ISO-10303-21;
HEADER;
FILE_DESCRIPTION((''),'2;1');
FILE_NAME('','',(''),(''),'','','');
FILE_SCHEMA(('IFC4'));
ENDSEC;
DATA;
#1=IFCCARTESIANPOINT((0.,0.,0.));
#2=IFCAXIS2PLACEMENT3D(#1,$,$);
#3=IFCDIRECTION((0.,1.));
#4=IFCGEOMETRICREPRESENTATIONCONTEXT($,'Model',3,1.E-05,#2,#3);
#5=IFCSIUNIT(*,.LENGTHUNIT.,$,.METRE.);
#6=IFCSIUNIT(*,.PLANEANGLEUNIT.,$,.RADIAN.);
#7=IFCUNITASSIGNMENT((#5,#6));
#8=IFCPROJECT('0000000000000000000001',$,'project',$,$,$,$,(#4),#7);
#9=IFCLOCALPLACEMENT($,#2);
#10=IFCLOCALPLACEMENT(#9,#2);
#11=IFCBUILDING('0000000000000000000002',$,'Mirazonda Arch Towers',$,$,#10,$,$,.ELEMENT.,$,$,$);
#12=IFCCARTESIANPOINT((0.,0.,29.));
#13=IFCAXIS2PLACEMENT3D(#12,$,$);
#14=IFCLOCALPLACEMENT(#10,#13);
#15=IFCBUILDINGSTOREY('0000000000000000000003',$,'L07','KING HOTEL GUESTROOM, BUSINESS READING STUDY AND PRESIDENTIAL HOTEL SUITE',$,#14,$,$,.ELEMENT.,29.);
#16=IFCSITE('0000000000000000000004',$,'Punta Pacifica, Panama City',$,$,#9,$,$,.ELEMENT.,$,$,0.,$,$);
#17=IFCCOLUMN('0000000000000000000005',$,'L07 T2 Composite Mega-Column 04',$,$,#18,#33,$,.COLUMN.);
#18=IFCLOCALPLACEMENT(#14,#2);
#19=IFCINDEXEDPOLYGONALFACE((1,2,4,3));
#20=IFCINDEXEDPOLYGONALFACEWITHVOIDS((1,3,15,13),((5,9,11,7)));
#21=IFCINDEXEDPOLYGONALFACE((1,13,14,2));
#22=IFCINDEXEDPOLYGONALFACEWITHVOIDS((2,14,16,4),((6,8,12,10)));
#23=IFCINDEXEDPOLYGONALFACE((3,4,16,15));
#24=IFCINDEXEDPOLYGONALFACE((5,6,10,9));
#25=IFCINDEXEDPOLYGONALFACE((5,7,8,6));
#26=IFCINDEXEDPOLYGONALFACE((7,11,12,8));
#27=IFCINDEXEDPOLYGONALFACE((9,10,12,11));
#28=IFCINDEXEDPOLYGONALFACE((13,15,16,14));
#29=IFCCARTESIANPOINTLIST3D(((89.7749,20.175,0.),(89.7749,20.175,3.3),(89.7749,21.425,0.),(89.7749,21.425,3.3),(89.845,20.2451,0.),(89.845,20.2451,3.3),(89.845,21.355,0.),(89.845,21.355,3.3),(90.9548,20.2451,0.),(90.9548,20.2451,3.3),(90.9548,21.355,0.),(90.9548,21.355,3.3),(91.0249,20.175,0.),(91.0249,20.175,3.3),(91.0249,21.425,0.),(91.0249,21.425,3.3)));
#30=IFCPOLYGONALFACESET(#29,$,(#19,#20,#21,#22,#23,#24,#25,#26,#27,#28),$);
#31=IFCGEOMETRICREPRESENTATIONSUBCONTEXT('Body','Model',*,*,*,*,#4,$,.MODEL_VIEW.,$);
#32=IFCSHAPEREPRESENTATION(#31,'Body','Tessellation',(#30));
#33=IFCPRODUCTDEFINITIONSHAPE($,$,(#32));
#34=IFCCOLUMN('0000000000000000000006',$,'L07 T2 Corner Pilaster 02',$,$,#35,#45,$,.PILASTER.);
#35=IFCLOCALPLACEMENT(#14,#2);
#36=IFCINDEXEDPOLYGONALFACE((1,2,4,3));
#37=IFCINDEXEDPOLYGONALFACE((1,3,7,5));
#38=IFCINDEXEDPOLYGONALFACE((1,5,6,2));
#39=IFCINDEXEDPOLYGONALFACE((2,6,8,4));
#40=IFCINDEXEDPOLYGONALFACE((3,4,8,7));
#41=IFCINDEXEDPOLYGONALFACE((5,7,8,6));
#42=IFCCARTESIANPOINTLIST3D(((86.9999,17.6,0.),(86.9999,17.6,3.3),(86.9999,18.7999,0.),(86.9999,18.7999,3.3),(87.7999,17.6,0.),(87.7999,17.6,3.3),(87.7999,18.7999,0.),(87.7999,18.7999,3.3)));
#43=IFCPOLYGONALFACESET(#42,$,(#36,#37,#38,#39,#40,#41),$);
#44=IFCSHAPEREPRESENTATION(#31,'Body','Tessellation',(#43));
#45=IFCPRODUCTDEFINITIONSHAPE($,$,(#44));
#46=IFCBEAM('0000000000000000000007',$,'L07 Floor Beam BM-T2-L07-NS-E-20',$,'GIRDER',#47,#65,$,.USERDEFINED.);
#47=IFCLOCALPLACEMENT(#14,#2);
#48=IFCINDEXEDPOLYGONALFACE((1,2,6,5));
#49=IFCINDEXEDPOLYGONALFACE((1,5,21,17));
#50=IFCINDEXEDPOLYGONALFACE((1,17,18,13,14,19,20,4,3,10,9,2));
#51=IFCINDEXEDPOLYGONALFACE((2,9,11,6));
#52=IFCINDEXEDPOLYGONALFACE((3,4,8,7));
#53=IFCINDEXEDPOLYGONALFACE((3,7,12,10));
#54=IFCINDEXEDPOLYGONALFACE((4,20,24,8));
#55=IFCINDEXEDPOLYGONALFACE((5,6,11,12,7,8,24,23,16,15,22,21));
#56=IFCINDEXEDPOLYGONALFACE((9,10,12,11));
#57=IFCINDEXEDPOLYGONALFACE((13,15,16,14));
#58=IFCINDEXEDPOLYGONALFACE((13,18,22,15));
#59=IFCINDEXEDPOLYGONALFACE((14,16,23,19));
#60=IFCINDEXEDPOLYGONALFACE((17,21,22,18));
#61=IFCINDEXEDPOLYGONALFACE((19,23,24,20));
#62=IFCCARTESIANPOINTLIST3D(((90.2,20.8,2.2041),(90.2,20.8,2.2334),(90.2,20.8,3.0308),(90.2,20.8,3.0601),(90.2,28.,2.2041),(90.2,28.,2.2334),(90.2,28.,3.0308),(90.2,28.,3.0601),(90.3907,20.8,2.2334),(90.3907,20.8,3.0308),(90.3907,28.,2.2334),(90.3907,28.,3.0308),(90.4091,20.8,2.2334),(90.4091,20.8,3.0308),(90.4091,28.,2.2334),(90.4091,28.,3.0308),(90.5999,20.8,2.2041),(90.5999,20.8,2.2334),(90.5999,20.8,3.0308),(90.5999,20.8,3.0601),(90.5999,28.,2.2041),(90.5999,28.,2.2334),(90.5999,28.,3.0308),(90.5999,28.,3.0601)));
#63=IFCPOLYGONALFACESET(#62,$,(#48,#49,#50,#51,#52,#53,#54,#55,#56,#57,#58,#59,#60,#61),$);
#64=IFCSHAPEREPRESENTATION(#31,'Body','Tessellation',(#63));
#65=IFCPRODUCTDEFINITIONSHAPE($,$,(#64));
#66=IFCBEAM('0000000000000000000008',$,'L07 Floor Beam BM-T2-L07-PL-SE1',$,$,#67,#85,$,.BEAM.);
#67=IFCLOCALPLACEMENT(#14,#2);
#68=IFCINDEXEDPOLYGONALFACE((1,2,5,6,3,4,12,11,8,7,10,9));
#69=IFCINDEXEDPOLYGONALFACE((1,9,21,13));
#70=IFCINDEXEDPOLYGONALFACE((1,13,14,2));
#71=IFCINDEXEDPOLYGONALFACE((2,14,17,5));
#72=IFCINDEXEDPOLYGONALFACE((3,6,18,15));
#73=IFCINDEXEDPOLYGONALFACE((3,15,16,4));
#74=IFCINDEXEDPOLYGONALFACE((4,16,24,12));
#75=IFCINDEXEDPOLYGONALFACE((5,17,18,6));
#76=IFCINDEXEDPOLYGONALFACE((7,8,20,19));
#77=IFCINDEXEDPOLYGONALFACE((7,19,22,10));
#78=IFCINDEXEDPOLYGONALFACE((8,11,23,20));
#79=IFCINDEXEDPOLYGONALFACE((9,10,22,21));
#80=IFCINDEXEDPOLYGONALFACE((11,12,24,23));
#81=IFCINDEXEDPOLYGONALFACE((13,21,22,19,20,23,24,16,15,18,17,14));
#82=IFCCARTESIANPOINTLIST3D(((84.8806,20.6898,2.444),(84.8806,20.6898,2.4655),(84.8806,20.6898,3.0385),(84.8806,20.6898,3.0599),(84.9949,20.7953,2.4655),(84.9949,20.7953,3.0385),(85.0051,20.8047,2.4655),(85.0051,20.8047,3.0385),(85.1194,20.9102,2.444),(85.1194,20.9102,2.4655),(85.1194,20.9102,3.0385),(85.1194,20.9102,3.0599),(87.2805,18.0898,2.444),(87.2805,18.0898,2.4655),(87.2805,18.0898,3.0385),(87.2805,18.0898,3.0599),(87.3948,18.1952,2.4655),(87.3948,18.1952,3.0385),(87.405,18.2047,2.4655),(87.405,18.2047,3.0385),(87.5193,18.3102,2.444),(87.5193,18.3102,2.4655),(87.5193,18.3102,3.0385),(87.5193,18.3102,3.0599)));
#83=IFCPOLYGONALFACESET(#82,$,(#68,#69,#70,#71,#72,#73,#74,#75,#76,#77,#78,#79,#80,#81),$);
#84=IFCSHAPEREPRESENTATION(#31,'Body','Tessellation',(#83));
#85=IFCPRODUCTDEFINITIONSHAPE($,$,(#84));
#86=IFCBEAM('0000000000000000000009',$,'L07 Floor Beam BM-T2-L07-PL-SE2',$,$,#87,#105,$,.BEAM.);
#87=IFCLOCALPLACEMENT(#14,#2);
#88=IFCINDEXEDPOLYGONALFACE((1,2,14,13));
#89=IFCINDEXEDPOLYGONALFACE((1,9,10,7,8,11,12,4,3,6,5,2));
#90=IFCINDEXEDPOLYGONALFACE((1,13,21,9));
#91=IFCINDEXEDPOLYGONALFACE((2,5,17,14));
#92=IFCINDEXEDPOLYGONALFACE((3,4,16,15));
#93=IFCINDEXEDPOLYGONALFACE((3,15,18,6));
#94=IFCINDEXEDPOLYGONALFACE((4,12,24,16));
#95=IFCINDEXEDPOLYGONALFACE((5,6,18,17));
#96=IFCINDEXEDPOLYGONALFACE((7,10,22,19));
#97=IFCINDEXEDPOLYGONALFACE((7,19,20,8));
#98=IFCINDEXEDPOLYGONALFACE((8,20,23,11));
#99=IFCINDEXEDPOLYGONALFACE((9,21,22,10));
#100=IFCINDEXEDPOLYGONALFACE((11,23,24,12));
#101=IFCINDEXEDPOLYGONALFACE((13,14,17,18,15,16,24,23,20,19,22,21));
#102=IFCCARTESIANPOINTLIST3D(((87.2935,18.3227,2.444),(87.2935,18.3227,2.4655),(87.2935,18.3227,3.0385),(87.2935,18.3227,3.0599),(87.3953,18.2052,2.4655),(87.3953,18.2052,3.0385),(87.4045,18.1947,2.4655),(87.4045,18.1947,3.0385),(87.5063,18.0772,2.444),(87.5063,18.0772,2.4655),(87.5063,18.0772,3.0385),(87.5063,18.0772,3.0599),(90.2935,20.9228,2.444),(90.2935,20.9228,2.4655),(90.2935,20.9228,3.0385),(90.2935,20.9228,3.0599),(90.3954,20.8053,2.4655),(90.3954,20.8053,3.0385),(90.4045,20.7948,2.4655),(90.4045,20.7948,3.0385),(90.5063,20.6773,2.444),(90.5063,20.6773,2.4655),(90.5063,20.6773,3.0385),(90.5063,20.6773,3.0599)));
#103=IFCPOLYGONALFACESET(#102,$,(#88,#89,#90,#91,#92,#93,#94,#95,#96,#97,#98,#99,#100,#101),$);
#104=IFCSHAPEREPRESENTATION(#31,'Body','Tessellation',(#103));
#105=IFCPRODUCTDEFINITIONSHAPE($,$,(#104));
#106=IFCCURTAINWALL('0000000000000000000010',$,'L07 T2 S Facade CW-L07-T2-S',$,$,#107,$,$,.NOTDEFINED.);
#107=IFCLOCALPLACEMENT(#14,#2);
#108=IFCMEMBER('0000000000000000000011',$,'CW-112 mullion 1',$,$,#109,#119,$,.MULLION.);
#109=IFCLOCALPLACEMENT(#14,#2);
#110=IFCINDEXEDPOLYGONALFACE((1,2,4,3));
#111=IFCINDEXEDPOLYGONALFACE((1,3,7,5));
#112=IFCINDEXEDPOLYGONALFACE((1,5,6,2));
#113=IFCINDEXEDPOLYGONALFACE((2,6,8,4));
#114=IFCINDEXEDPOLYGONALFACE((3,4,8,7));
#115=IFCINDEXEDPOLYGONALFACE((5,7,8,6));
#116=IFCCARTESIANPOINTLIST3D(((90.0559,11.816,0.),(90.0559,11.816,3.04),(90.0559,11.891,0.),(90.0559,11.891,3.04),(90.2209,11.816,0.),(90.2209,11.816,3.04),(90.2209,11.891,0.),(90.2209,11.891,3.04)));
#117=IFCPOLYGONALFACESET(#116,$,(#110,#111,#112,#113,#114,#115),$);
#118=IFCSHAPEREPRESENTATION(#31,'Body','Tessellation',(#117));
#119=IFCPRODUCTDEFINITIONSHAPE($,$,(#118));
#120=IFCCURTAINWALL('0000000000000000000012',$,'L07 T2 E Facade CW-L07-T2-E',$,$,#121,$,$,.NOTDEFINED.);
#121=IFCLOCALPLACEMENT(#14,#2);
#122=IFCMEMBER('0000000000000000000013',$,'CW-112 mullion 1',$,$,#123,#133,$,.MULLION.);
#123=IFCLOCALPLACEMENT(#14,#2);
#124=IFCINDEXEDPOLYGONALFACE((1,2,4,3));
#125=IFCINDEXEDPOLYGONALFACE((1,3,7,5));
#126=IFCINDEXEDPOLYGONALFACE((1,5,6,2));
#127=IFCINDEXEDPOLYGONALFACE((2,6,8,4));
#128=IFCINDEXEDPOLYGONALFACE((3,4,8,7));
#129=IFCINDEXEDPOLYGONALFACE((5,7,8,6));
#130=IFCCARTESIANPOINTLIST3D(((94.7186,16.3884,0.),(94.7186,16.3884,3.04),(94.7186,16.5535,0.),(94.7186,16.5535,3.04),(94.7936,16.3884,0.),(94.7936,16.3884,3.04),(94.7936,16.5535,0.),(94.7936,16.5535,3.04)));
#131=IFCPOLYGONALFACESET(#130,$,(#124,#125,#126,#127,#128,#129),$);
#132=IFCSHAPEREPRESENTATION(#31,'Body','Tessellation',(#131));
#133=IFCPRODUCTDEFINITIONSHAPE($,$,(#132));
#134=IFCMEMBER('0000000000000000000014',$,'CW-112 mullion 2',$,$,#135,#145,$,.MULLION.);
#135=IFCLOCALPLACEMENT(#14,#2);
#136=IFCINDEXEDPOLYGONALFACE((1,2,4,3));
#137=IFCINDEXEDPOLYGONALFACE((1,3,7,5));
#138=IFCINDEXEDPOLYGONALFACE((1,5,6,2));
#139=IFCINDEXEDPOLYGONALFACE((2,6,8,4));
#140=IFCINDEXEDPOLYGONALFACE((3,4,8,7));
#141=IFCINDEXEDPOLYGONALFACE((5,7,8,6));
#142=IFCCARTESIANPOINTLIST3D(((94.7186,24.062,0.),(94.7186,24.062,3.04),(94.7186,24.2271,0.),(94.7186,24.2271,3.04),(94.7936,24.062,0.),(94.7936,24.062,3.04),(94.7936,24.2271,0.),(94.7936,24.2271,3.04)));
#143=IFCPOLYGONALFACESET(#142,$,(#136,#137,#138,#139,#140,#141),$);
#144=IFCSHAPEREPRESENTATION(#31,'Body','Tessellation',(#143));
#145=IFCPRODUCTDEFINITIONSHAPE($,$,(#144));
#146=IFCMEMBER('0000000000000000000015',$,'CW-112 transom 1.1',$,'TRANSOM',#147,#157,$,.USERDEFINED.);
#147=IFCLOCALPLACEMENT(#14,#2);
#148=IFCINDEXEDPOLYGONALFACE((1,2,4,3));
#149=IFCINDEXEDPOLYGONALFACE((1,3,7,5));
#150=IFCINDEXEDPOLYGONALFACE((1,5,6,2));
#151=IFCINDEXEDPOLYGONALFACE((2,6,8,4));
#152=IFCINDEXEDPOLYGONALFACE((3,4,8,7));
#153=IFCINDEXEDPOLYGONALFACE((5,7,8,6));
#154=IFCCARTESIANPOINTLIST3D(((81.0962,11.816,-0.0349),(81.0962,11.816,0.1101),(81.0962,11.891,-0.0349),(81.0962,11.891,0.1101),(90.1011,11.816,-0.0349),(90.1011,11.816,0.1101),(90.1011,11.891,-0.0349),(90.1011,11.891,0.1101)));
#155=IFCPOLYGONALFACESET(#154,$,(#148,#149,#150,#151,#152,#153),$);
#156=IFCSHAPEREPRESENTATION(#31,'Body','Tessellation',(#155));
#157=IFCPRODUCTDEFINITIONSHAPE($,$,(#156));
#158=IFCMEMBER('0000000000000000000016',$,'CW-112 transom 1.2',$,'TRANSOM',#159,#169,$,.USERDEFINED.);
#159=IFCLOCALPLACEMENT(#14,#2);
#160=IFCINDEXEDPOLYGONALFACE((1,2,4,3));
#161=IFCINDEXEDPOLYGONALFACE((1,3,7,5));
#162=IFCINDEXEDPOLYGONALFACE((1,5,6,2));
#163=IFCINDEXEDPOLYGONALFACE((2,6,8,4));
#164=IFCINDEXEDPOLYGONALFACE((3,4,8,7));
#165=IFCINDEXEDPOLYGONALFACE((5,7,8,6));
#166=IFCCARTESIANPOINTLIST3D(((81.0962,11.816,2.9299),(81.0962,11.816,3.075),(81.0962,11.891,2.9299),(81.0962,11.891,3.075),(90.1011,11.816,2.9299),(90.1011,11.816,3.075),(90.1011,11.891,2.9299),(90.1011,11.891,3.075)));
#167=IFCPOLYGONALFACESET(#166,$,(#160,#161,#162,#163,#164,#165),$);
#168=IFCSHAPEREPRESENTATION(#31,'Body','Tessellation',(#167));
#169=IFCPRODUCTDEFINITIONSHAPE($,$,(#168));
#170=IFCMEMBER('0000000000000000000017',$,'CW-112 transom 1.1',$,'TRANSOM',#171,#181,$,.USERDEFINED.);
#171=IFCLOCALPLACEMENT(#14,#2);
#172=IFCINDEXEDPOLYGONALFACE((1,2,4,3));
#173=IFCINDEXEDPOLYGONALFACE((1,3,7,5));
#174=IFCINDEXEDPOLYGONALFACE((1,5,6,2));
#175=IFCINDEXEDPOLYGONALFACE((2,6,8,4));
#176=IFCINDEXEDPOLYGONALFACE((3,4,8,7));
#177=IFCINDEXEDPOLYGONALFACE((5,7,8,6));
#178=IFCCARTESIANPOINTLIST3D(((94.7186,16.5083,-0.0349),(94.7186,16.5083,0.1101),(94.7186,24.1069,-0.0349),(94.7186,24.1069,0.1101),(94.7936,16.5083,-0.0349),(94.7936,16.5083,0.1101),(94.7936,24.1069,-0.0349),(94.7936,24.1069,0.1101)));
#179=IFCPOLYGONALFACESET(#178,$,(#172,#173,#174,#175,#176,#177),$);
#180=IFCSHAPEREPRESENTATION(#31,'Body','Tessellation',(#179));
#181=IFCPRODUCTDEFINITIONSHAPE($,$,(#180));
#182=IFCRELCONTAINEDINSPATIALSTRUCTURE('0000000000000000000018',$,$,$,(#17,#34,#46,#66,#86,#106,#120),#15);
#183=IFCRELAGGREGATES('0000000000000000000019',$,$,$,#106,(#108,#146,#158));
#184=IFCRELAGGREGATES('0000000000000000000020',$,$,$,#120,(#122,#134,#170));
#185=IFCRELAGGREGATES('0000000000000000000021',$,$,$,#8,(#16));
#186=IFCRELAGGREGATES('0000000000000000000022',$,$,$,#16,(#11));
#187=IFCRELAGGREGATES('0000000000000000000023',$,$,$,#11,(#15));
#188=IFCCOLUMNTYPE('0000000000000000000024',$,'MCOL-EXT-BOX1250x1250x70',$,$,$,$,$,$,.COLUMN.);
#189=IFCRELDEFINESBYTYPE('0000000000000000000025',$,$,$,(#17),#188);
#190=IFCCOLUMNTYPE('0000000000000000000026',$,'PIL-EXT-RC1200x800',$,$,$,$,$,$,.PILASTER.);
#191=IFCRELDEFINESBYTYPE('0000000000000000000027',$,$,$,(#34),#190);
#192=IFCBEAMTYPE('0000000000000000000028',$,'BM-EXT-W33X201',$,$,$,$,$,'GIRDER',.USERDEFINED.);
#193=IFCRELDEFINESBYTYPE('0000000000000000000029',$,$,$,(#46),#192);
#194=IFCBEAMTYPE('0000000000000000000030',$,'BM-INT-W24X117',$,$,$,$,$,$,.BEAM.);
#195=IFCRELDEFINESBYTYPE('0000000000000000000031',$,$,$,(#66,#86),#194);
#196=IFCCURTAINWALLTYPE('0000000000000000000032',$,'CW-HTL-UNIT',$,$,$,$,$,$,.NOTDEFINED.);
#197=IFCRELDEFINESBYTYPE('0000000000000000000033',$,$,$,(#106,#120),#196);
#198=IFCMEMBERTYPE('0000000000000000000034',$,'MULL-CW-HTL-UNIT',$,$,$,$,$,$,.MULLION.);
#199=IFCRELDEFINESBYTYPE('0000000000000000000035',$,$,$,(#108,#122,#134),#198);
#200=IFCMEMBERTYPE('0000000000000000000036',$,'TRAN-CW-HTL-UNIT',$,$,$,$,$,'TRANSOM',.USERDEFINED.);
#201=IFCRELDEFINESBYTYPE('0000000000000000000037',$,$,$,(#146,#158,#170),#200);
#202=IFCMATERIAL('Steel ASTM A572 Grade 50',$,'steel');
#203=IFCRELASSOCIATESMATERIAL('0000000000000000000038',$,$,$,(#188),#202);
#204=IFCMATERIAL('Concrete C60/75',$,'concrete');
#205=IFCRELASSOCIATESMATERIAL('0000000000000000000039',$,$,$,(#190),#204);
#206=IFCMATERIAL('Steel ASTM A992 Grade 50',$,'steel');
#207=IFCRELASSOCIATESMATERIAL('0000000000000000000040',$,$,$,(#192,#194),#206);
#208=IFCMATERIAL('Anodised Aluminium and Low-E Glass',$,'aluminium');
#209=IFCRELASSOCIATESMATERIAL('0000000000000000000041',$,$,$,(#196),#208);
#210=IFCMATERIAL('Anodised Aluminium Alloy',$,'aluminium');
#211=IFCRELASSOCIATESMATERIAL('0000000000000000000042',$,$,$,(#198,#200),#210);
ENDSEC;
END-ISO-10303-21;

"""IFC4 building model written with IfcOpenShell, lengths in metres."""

from ifc_helpers import new_model, si_unit, direction, frame, origin, origin_2d, place, context, subcontext, project, spatial, rectangle, hollow_rectangle, i_section, extrude, material, material_profile, profile_set, type_object, element, aggregate, save


model = new_model("IFC4")

# Units and contexts
model_context = context("Model", 3, precision=1e-05, world=origin(), true_north=direction((0.0, 1.0)))
body_context = subcontext(model_context, "Body", "Model", "MODEL_VIEW")
ifc_project = project(units=[si_unit("LENGTHUNIT", "METRE"), si_unit("PLANEANGLEUNIT", "RADIAN")], contexts=[model_context])

# Site, building, storey
site_placement = place(None, origin())
site = spatial("IfcSite", under=ifc_project, at=site_placement, Name="Punta Pacifica, Panama City", CompositionType="ELEMENT", RefElevation=0.0)
building_placement = place(site_placement, origin())
building = spatial("IfcBuilding", under=site, at=building_placement, Name="Mirazonda Arch Towers", CompositionType="ELEMENT")
storey_placement = place(building_placement, frame((0.0, 0.0, 29.0)))
storey = spatial("IfcBuildingStorey", under=building, at=storey_placement, Name="L07", Description="KING HOTEL GUESTROOM, BUSINESS READING STUDY AND PRESIDENTIAL HOTEL SUITE", CompositionType="ELEMENT", Elevation=29.0)

# Columns
ifc_material_1 = material(Name="Steel ASTM A572 Grade 50", Category="steel")
ifc_material_profile_1 = material_profile(ifc_material_1, hollow_rectangle(XDim=1.25, YDim=1.25, WallThickness=0.0701, at=origin_2d()), Name="BOX1250x1250x70")
ifc_profile_set_1 = profile_set([ifc_material_profile_1], Name="Steel ASTM A572 Grade 50")
column_type_1 = type_object("IfcColumnType", Name="MCOL-EXT-BOX1250x1250x70", PredefinedType="COLUMN", material=ifc_profile_set_1)
column_1_placement = place(storey_placement, frame((90.3999, 20.8, 0.0), z_axis=(0.0, 0.0, 1.0), x_axis=(1.0, 0.0, 0.0)))
element("IfcColumn", 1, at=column_1_placement, inside=storey, type_object=column_type_1, Name="L07 T2 Composite Mega-Column 04", PredefinedType="COLUMN", context=body_context, shape_type="SweptSolid", body=[
    extrude(hollow_rectangle(XDim=1.25, YDim=1.25, WallThickness=0.0701, at=origin_2d()), origin(), (0.0, 0.0, 1.0), 3.3),
])
ifc_material_2 = material(Name="Concrete C60/75", Category="concrete")
ifc_material_profile_2 = material_profile(ifc_material_2, rectangle(XDim=0.8, YDim=1.2, at=origin_2d()), Name="RC1200x800")
ifc_profile_set_2 = profile_set([ifc_material_profile_2], Name="Concrete C60/75")
column_type_2 = type_object("IfcColumnType", Name="PIL-EXT-RC1200x800", PredefinedType="PILASTER", material=ifc_profile_set_2)
column_2_placement = place(storey_placement, frame((87.3999, 18.2, 0.0), z_axis=(0.0, 0.0, 1.0), x_axis=(1.0, 0.0, 0.0)))
element("IfcColumn", 2, at=column_2_placement, inside=storey, type_object=column_type_2, Name="L07 T2 Corner Pilaster 02", PredefinedType="PILASTER", context=body_context, shape_type="SweptSolid", body=[
    extrude(rectangle(XDim=0.8, YDim=1.2, at=origin_2d()), origin(), (0.0, 0.0, 1.0), 3.3),
])

# Beams
ifc_material_3 = material(Name="Steel ASTM A992 Grade 50", Category="steel")
ifc_material_profile_3 = material_profile(ifc_material_3, i_section(OverallWidth=0.3999, OverallDepth=0.856, WebThickness=0.0183, FlangeThickness=0.0293, at=origin_2d()), Name="W33X201")
ifc_profile_set_3 = profile_set([ifc_material_profile_3], Name="Steel ASTM A992 Grade 50")
beam_type_1 = type_object("IfcBeamType", Name="BM-EXT-W33X201", ElementType="GIRDER", PredefinedType="USERDEFINED", material=ifc_profile_set_3)
beam_1_placement = place(storey_placement, frame((90.3999, 20.8, 2.6321), z_axis=(0.0, 1.0, 0.0), x_axis=(-1.0, 0.0, 0.0)))
element("IfcBeam", 3, at=beam_1_placement, inside=storey, type_object=beam_type_1, Name="L07 Floor Beam BM-T2-L07-NS-E-20", ObjectType="GIRDER", PredefinedType="USERDEFINED", context=body_context, shape_type="SweptSolid", body=[
    extrude(i_section(OverallWidth=0.3999, OverallDepth=0.856, WebThickness=0.0183, FlangeThickness=0.0293, at=origin_2d()), origin(), (0.0, 0.0, 1.0), 7.2),
])
ifc_material_profile_4 = material_profile(ifc_material_3, i_section(OverallWidth=0.325, OverallDepth=0.616, WebThickness=0.0139, FlangeThickness=0.0215, at=origin_2d()), Name="W24X117")
ifc_profile_set_4 = profile_set([ifc_material_profile_4], Name="Steel ASTM A992 Grade 50")
beam_type_2 = type_object("IfcBeamType", Name="BM-INT-W24X117", PredefinedType="BEAM", material=ifc_profile_set_4)
beam_2_placement = place(storey_placement, frame((87.3999, 18.2, 2.752), z_axis=(-0.678251, 0.73483, 0.0), x_axis=(-0.73483, -0.678251, 0.0)))
element("IfcBeam", 4, at=beam_2_placement, inside=storey, type_object=beam_type_2, Name="L07 Floor Beam BM-T2-L07-PL-SE1", PredefinedType="BEAM", context=body_context, shape_type="SweptSolid", body=[
    extrude(i_section(OverallWidth=0.325, OverallDepth=0.616, WebThickness=0.0139, FlangeThickness=0.0215, at=origin_2d()), origin(), (0.0, 0.0, 1.0), 3.5383),
])
beam_3_placement = place(storey_placement, frame((87.3999, 18.2, 2.752), z_axis=(0.755677, 0.654945, 0.0), x_axis=(-0.654945, 0.755677, 0.0)))
element("IfcBeam", 5, at=beam_3_placement, inside=storey, type_object=beam_type_2, Name="L07 Floor Beam BM-T2-L07-PL-SE2", PredefinedType="BEAM", context=body_context, shape_type="SweptSolid", body=[
    extrude(i_section(OverallWidth=0.325, OverallDepth=0.616, WebThickness=0.0139, FlangeThickness=0.0215, at=origin_2d()), origin(), (0.0, 0.0, 1.0), 3.97),
])

# Curtain wall, member
ifc_material_4 = material(Name="Anodised Aluminium and Low-E Glass", Category="aluminium")
curtain_wall_type = type_object("IfcCurtainWallType", Name="CW-HTL-UNIT", PredefinedType="NOTDEFINED", material=ifc_material_4)
curtain_wall_1_placement = place(storey_placement, origin())
curtain_wall_1 = element("IfcCurtainWall", 6, at=curtain_wall_1_placement, inside=storey, type_object=curtain_wall_type, Name="L07 T2 S Facade CW-L07-T2-S", PredefinedType="NOTDEFINED")
ifc_material_5 = material(Name="Anodised Aluminium Alloy", Category="aluminium")
ifc_material_profile_5 = material_profile(ifc_material_5, rectangle(XDim=0.075, YDim=0.165, at=origin_2d()), Name="ALU-MULL-75x165")
ifc_profile_set_5 = profile_set([ifc_material_profile_5], Name="Anodised Aluminium Alloy")
member_type_1 = type_object("IfcMemberType", Name="MULL-CW-HTL-UNIT", PredefinedType="MULLION", material=ifc_profile_set_5)
member_1_placement = place(storey_placement, frame((90.1384, 11.8535, 0.0), z_axis=(0.0, 0.0, 1.0), x_axis=(0.0, -1.0, 0.0)))
member_1 = element("IfcMember", 7, at=member_1_placement, type_object=member_type_1, Name="CW-112 mullion 1", PredefinedType="MULLION", context=body_context, shape_type="SweptSolid", body=[
    extrude(rectangle(XDim=0.075, YDim=0.165, at=origin_2d()), origin(), (0.0, 0.0, 1.0), 3.04),
])

# Curtain wall, members
curtain_wall_2_placement = place(storey_placement, origin())
curtain_wall_2 = element("IfcCurtainWall", 8, at=curtain_wall_2_placement, inside=storey, type_object=curtain_wall_type, Name="L07 T2 E Facade CW-L07-T2-E", PredefinedType="NOTDEFINED")
member_2_placement = place(storey_placement, frame((94.7561, 16.4709, 0.0), z_axis=(0.0, 0.0, 1.0), x_axis=(-1.0, 0.0, 0.0)))
member_2 = element("IfcMember", 9, at=member_2_placement, type_object=member_type_1, Name="CW-112 mullion 1", PredefinedType="MULLION", context=body_context, shape_type="SweptSolid", body=[
    extrude(rectangle(XDim=0.075, YDim=0.165, at=origin_2d()), origin(), (0.0, 0.0, 1.0), 3.04),
])
member_3_placement = place(storey_placement, frame((94.7561, 24.1445, 0.0), z_axis=(0.0, 0.0, 1.0), x_axis=(-1.0, 0.0, 0.0)))
member_3 = element("IfcMember", 10, at=member_3_placement, type_object=member_type_1, Name="CW-112 mullion 2", PredefinedType="MULLION", context=body_context, shape_type="SweptSolid", body=[
    extrude(rectangle(XDim=0.075, YDim=0.165, at=origin_2d()), origin(), (0.0, 0.0, 1.0), 3.04),
])

# Members
ifc_material_profile_6 = material_profile(ifc_material_5, rectangle(XDim=0.075, YDim=0.145, at=origin_2d()), Name="ALU-TRAN-75x145")
ifc_profile_set_6 = profile_set([ifc_material_profile_6], Name="Anodised Aluminium Alloy")
member_type_2 = type_object("IfcMemberType", Name="TRAN-CW-HTL-UNIT", ElementType="TRANSOM", PredefinedType="USERDEFINED", material=ifc_profile_set_6)
member_4_placement = place(storey_placement, frame((90.1011, 11.8535, 0.0376), z_axis=(-1.0, 0.0, 0.0), x_axis=(0.0, -1.0, 0.0)))
member_4 = element("IfcMember", 11, at=member_4_placement, type_object=member_type_2, Name="CW-112 transom 1.1", ObjectType="TRANSOM", PredefinedType="USERDEFINED", context=body_context, shape_type="SweptSolid", body=[
    extrude(rectangle(XDim=0.075, YDim=0.145, at=origin_2d()), origin(), (0.0, 0.0, 1.0), 9.0049),
])
member_5_placement = place(storey_placement, frame((90.1011, 11.8535, 3.0024), z_axis=(-1.0, 0.0, 0.0), x_axis=(0.0, -1.0, 0.0)))
member_5 = element("IfcMember", 12, at=member_5_placement, type_object=member_type_2, Name="CW-112 transom 1.2", ObjectType="TRANSOM", PredefinedType="USERDEFINED", context=body_context, shape_type="SweptSolid", body=[
    extrude(rectangle(XDim=0.075, YDim=0.145, at=origin_2d()), origin(), (0.0, 0.0, 1.0), 9.0049),
])
member_6_placement = place(storey_placement, frame((94.7561, 16.5083, 0.0376), z_axis=(0.0, 1.0, 0.0), x_axis=(-1.0, 0.0, 0.0)))
member_6 = element("IfcMember", 13, at=member_6_placement, type_object=member_type_2, Name="CW-112 transom 1.1", ObjectType="TRANSOM", PredefinedType="USERDEFINED", context=body_context, shape_type="SweptSolid", body=[
    extrude(rectangle(XDim=0.075, YDim=0.145, at=origin_2d()), origin(), (0.0, 0.0, 1.0), 7.5986),
])

aggregate(curtain_wall_1, [member_1, member_4, member_5])
aggregate(curtain_wall_2, [member_2, member_3, member_6])

save(model, "model.ifc")
